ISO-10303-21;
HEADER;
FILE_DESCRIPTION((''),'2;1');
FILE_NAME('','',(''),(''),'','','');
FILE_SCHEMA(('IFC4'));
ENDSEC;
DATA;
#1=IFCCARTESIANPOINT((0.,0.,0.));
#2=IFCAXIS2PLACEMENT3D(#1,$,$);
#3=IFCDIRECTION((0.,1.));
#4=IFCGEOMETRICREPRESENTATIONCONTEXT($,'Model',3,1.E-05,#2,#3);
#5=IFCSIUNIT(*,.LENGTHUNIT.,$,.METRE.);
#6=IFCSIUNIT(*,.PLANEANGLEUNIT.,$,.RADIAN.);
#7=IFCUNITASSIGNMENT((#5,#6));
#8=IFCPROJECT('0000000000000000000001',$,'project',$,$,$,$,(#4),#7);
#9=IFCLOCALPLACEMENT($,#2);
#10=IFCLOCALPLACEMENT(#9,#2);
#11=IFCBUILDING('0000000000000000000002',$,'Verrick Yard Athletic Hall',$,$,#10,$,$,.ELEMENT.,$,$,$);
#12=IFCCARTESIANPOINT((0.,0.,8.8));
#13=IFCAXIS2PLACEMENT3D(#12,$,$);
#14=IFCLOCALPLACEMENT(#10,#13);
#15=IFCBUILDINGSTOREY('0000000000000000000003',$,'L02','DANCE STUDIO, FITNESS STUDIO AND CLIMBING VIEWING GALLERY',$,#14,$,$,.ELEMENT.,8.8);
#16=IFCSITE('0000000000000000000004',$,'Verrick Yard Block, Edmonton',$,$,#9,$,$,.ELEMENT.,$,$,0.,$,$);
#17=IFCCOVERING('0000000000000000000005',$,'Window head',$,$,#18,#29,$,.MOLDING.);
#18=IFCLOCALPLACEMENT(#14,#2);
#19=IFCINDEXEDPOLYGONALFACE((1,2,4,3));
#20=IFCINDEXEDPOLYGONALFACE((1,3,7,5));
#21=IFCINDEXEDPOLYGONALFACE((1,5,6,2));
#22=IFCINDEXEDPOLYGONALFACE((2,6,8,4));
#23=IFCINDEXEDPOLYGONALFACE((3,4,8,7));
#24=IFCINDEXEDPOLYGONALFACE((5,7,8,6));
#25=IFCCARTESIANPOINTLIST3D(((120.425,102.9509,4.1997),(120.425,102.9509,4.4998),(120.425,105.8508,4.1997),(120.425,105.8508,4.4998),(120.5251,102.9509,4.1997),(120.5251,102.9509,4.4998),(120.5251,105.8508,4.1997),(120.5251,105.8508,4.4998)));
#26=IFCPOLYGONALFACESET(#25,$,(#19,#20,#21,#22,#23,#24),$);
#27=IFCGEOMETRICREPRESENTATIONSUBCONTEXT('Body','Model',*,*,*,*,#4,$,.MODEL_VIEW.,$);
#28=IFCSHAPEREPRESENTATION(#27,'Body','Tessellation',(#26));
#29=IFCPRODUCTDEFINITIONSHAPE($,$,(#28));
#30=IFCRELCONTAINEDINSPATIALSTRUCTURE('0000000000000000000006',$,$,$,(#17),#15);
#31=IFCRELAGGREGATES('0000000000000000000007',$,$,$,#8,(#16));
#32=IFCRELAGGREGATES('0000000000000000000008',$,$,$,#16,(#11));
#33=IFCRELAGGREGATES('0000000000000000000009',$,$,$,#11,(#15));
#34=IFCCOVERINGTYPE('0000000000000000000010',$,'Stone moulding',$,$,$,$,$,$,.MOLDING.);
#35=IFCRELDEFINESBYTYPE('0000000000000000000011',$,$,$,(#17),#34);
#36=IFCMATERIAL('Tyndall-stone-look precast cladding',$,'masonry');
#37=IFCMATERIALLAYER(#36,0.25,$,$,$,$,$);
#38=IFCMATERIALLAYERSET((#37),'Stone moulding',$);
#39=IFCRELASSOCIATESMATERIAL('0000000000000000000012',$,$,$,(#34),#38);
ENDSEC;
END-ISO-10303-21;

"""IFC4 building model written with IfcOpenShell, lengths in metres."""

from ifc_helpers import new_model, si_unit, direction, frame, origin, origin_2d, place, context, subcontext, project, spatial, rectangle, extrude, material, layer, layer_set, type_object, element, save


model = new_model("IFC4")

# Units and contexts
model_context = context("Model", 3, precision=1e-05, world=origin(), true_north=direction((0.0, 1.0)))
body_context = subcontext(model_context, "Body", "Model", "MODEL_VIEW")
ifc_project = project(units=[si_unit("LENGTHUNIT", "METRE"), si_unit("PLANEANGLEUNIT", "RADIAN")], contexts=[model_context])

# Site, building, storey
site_placement = place(None, origin())
site = spatial("IfcSite", under=ifc_project, at=site_placement, Name="Verrick Yard Block, Edmonton", CompositionType="ELEMENT", RefElevation=0.0)
building_placement = place(site_placement, origin())
building = spatial("IfcBuilding", under=site, at=building_placement, Name="Verrick Yard Athletic Hall", CompositionType="ELEMENT")
storey_placement = place(building_placement, frame((0.0, 0.0, 8.8)))
storey = spatial("IfcBuildingStorey", under=building, at=storey_placement, Name="L02", Description="DANCE STUDIO, FITNESS STUDIO AND CLIMBING VIEWING GALLERY", CompositionType="ELEMENT", Elevation=8.8)

# Shared definitions
ifc_material_1 = material(Name="Tyndall-stone-look precast cladding", Category="masonry")

# Covering
ifc_layer_1 = layer(ifc_material_1, 0.25)
ifc_layer_set_1 = layer_set([ifc_layer_1], Name="Stone moulding")
covering_type = type_object("IfcCoveringType", Name="Stone moulding", PredefinedType="MOLDING", material=ifc_layer_set_1)
covering_1_placement = place(storey_placement, frame((120.4751, 104.4009, 4.1997), z_axis=(0.0, 0.0, 1.0), x_axis=(0.0, 1.0, 0.0)))
element("IfcCovering", 1, at=covering_1_placement, inside=storey, type_object=covering_type, Name="Window head", PredefinedType="MOLDING", context=body_context, shape_type="SweptSolid", body=[
    extrude(rectangle(XDim=2.8999, YDim=0.1001, at=origin_2d()), origin(), (0.0, 0.0, 1.0), 0.3),
])

save(model, "model.ifc")
